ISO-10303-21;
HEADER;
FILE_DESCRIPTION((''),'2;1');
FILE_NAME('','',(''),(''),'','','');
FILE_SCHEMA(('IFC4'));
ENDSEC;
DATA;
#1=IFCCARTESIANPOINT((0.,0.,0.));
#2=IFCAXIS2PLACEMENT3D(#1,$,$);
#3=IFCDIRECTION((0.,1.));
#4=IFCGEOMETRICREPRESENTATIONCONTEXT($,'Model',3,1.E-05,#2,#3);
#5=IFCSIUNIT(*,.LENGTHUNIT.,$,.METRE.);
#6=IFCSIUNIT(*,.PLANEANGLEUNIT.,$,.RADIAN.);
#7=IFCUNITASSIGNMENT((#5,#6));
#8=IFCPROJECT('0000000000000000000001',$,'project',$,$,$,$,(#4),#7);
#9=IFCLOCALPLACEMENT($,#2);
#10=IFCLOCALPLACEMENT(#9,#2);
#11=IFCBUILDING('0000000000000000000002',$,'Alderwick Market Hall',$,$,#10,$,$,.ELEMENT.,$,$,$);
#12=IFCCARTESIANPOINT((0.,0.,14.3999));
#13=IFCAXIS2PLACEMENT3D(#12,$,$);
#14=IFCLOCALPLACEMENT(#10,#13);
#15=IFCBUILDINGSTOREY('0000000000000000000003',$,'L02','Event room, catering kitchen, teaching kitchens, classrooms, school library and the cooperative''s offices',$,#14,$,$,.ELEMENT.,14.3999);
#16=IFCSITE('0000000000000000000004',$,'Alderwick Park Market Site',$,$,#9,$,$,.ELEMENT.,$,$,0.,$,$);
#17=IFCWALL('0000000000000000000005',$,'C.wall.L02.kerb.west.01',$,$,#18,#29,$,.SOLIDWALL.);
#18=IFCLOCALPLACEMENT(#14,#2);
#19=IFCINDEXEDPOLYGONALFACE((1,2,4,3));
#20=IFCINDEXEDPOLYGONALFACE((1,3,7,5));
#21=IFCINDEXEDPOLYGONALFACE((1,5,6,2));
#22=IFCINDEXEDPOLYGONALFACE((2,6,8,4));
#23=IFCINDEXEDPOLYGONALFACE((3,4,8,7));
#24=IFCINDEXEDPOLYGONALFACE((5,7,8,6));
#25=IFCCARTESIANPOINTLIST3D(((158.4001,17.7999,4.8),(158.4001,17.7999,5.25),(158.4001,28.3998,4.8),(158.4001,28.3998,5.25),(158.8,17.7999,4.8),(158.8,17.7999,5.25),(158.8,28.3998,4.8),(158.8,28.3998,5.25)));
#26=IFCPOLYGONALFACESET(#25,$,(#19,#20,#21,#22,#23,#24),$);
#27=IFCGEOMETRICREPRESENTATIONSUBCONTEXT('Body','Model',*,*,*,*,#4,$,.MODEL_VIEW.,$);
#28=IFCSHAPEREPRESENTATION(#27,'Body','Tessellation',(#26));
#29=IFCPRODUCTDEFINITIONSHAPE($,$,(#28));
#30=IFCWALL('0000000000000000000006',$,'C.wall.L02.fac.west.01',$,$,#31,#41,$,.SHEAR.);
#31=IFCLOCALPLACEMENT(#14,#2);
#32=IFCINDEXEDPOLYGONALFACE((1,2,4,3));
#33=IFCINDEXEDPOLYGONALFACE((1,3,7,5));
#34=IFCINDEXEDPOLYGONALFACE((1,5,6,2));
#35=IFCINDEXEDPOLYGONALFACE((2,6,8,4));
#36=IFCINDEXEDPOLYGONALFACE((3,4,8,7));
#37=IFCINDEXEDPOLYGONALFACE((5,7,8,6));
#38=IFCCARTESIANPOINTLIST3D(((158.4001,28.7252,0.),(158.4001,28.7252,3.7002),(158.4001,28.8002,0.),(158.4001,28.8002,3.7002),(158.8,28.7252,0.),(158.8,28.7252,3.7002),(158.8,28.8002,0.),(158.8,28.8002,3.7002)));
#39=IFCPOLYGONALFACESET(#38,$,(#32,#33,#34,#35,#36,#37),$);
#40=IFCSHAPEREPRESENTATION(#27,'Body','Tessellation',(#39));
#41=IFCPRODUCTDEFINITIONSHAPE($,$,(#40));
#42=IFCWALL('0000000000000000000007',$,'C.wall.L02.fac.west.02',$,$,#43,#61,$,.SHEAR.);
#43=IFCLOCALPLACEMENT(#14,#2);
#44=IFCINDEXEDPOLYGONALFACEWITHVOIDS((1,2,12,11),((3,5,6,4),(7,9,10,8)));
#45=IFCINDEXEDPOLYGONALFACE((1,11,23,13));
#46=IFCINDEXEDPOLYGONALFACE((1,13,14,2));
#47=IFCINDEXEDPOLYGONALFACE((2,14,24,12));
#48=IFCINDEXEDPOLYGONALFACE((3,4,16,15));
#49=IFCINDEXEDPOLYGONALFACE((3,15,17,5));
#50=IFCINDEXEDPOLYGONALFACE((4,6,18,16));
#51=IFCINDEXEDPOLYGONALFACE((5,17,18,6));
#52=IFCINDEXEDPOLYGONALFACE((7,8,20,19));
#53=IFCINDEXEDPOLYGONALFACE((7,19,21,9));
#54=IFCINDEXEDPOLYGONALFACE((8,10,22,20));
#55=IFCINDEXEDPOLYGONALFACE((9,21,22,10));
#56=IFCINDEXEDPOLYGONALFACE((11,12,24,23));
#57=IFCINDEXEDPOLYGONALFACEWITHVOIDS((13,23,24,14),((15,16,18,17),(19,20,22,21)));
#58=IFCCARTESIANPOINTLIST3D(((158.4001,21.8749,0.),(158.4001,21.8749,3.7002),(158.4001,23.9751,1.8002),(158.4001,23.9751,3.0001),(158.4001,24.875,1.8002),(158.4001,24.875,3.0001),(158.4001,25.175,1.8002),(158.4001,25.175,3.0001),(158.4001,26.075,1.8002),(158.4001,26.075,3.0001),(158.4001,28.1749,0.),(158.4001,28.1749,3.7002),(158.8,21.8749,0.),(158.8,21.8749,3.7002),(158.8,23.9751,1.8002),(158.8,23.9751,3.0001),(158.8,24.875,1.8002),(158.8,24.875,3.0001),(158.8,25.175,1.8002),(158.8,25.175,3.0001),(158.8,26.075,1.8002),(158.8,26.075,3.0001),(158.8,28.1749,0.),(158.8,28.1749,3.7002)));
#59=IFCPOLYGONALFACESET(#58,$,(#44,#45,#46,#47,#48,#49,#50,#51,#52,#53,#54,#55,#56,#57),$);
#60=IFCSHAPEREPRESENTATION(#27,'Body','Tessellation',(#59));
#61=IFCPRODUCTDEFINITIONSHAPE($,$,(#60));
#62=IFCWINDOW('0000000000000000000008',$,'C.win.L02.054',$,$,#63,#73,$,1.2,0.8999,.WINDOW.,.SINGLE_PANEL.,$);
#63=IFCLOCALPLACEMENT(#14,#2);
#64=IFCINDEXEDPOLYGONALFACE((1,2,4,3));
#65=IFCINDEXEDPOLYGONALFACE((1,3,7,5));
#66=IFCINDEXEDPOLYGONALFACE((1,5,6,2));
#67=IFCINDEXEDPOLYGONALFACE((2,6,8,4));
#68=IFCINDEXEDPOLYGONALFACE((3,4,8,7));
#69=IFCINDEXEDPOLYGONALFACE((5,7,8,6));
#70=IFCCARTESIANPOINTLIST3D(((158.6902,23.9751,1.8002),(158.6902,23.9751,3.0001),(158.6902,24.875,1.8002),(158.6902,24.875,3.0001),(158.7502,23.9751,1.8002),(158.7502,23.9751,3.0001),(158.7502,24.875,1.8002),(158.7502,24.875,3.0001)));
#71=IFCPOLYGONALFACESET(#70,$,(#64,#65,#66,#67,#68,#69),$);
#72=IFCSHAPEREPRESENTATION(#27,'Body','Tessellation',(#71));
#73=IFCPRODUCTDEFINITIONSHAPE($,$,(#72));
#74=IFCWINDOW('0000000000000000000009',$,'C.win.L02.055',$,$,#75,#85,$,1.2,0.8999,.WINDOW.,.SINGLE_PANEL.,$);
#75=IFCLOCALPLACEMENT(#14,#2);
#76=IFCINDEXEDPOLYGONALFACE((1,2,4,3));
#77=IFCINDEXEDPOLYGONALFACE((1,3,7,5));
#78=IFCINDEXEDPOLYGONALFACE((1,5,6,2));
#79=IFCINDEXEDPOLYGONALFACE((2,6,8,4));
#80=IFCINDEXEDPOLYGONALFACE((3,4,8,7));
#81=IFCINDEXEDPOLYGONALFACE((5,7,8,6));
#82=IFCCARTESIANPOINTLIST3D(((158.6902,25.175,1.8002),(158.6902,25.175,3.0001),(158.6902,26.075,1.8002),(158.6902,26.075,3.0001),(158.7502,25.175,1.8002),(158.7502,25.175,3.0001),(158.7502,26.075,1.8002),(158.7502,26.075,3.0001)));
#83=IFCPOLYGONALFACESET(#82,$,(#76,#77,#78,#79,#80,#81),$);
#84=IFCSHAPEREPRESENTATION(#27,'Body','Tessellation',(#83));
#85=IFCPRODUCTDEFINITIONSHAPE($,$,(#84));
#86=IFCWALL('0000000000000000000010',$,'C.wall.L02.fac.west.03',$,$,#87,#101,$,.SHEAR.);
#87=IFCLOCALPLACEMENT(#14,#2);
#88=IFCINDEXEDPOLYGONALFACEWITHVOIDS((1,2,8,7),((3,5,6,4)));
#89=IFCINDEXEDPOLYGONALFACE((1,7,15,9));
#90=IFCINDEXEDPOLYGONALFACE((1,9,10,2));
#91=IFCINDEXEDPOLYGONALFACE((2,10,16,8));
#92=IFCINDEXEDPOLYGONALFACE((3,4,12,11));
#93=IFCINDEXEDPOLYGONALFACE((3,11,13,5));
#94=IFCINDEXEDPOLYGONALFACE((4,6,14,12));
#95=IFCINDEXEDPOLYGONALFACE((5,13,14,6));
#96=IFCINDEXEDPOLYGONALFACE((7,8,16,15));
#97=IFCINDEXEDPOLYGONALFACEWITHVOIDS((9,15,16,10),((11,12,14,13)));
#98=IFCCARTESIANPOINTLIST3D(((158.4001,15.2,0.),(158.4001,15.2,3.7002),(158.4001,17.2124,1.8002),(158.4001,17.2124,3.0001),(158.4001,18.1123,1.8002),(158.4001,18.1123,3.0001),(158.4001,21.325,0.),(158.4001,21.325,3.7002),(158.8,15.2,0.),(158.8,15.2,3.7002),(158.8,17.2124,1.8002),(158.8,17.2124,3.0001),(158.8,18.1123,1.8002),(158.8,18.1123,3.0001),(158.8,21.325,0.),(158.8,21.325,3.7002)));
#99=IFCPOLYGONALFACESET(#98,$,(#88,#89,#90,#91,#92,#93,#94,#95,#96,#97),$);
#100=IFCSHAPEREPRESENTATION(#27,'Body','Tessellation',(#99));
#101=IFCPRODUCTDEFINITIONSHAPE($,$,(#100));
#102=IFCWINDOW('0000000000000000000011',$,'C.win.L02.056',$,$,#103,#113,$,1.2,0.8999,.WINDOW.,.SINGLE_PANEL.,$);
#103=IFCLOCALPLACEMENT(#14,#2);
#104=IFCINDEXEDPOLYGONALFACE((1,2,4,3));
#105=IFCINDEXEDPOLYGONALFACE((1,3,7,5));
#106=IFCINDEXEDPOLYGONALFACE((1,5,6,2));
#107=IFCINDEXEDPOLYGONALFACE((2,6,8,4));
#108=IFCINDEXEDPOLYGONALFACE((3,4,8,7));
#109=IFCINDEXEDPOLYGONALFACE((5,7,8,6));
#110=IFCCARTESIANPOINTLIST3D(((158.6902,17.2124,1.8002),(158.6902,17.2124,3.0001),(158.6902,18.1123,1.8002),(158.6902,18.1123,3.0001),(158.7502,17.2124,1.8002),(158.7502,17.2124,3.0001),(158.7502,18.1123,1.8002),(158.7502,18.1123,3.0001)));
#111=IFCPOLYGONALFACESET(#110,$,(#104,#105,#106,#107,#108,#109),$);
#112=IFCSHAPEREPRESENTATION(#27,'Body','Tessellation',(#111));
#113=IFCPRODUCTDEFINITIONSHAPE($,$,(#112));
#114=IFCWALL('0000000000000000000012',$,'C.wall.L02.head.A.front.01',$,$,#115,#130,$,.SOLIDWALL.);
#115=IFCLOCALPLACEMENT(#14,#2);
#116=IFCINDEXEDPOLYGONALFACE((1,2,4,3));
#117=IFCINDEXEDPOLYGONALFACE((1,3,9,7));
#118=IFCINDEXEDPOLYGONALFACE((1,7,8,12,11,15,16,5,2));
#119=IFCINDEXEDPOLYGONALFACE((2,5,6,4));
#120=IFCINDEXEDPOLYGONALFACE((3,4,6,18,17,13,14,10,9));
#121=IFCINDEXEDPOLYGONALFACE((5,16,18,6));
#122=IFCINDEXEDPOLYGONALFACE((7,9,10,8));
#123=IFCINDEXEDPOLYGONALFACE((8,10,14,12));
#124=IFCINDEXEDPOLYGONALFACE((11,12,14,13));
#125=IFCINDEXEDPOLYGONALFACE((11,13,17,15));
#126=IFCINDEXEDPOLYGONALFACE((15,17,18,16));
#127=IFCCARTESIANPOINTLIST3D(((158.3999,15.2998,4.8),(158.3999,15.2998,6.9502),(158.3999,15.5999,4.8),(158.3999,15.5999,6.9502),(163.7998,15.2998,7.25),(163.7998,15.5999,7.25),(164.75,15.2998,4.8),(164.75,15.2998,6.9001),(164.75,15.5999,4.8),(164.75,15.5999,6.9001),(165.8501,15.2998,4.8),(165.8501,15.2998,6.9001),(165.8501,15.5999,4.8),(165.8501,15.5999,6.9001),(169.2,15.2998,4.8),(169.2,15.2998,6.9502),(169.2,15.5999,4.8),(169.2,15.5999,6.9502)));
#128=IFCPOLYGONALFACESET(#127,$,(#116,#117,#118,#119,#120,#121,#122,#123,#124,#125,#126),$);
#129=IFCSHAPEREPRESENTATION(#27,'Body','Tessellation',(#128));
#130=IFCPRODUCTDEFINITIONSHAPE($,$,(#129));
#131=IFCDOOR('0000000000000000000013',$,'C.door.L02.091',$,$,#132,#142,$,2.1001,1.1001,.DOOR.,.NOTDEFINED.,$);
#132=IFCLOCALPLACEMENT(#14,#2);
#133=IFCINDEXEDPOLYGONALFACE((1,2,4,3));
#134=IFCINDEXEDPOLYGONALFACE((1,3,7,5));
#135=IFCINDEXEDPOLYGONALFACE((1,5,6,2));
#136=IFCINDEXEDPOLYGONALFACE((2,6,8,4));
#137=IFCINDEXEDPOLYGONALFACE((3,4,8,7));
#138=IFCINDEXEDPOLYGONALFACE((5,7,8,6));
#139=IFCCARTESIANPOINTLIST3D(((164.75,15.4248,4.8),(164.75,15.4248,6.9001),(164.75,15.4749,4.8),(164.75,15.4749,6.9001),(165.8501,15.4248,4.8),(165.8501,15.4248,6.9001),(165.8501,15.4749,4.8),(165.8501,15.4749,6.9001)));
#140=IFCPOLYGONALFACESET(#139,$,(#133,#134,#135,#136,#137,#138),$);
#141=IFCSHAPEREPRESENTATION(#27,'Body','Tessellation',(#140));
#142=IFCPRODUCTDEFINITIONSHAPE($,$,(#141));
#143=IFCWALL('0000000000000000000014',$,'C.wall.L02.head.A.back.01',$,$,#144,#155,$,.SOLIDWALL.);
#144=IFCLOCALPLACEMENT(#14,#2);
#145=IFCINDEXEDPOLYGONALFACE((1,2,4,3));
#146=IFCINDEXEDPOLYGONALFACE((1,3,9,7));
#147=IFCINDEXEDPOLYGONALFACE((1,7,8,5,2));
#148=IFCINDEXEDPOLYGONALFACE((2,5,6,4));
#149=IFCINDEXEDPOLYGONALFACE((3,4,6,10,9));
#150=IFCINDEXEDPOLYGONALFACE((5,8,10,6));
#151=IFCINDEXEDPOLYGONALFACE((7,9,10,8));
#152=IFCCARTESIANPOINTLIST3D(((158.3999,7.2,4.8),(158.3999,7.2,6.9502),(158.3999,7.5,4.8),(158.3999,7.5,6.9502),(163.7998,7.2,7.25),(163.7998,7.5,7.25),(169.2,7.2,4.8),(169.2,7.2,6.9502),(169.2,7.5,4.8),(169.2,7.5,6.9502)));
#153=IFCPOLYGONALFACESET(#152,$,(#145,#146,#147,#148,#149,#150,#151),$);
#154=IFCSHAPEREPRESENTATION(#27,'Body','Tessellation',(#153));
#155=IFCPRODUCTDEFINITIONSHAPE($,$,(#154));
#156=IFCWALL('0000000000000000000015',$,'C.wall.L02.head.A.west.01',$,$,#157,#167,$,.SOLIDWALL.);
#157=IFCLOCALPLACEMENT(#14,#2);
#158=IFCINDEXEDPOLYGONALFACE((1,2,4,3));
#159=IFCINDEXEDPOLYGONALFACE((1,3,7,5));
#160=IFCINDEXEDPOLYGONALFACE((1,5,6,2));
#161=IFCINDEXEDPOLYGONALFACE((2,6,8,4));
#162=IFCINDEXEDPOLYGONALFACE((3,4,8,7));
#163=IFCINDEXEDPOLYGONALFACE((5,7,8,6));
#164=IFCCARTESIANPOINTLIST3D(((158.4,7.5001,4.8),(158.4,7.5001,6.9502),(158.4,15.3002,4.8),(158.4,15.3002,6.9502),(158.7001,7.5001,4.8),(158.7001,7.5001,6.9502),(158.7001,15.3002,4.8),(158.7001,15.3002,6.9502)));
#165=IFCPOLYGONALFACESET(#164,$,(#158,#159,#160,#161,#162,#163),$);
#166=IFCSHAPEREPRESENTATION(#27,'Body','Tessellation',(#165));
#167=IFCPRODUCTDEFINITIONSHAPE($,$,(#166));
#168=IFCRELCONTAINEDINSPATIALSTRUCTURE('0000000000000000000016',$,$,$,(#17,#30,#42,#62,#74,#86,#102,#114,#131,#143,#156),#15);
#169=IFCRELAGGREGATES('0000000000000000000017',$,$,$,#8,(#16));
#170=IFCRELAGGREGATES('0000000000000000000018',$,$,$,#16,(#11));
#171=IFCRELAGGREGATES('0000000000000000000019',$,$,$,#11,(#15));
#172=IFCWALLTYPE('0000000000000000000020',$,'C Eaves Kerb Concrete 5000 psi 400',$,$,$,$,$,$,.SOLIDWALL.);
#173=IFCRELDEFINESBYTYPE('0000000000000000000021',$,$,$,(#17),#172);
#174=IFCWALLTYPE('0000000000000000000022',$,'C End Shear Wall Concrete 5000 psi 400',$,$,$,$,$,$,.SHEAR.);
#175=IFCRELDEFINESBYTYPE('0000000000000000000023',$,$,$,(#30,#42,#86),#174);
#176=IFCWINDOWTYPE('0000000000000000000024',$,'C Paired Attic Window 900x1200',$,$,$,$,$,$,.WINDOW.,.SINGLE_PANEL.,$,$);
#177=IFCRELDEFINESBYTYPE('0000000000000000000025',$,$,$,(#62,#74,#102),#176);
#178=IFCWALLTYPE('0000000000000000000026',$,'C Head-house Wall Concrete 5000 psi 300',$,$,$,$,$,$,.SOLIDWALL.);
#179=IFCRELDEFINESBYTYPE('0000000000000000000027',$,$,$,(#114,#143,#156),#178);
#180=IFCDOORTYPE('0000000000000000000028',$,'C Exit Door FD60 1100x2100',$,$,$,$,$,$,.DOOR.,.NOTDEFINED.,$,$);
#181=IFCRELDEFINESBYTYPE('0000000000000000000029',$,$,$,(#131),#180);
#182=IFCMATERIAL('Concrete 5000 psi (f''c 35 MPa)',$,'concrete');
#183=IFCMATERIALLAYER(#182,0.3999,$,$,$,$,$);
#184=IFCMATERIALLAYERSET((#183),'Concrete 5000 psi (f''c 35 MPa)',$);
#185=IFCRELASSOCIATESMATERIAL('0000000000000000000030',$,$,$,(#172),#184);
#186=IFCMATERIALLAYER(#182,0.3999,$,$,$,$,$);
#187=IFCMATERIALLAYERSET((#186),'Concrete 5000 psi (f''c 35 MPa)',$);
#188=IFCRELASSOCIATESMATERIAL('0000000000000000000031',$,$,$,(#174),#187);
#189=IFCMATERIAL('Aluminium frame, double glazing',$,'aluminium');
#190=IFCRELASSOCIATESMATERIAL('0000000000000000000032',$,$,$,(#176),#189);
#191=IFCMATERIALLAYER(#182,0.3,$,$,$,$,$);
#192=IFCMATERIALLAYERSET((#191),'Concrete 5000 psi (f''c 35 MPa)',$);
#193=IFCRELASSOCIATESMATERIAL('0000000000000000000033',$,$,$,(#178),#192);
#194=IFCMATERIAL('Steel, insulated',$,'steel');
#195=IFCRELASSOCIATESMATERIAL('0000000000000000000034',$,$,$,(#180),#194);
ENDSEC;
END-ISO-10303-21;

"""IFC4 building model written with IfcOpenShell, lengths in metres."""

from ifc_helpers import new_model, si_unit, direction, frame, frame_2d, origin, place, context, subcontext, project, spatial, polyline, rectangle, outline, extrude, material, layer, layer_set, type_object, element, fill, save


model = new_model("IFC4")

# Units and contexts
model_context = context("Model", 3, precision=1e-05, world=origin(), true_north=direction((0.0, 1.0)))
body_context = subcontext(model_context, "Body", "Model", "MODEL_VIEW")
ifc_project = project(units=[si_unit("LENGTHUNIT", "METRE"), si_unit("PLANEANGLEUNIT", "RADIAN")], contexts=[model_context])

# Site, building, storey
site_placement = place(None, origin())
site = spatial("IfcSite", under=ifc_project, at=site_placement, Name="Alderwick Park Market Site", CompositionType="ELEMENT", RefElevation=0.0)
building_placement = place(site_placement, origin())
building = spatial("IfcBuilding", under=site, at=building_placement, Name="Alderwick Market Hall", CompositionType="ELEMENT")
storey_placement = place(building_placement, frame((0.0, 0.0, 14.3999)))
storey = spatial("IfcBuildingStorey", under=building, at=storey_placement, Name="L02", Description="Event room, catering kitchen, teaching kitchens, classrooms, school library and the cooperative's offices", CompositionType="ELEMENT", Elevation=14.3999)

# Shared definitions
ifc_material_1 = material(Name="Concrete 5000 psi (f'c 35 MPa)", Category="concrete")

# Shared definitions
ifc_material_2 = material(Name="Steel, insulated", Category="steel")

# Walls
ifc_layer_1 = layer(ifc_material_1, 0.3999)
ifc_layer_set_1 = layer_set([ifc_layer_1], Name="Concrete 5000 psi (f'c 35 MPa)")
wall_type_1 = type_object("IfcWallType", Name="C Eaves Kerb Concrete 5000 psi 400", PredefinedType="SOLIDWALL", material=ifc_layer_set_1)
wall_1_placement = place(storey_placement, frame((158.6001, 17.8, 4.8), z_axis=(0.0, 0.0, 1.0), x_axis=(0.0, 1.0, 0.0)))
element("IfcWall", 1, at=wall_1_placement, inside=storey, type_object=wall_type_1, Name="C.wall.L02.kerb.west.01", PredefinedType="SOLIDWALL", context=body_context, shape_type="SweptSolid", body=[
    extrude(rectangle(XDim=10.5999, YDim=0.3999, at=frame_2d((5.2998, 0.0))), origin(), (0.0, 0.0, 1.0), 0.45),
])
ifc_layer_2 = layer(ifc_material_1, 0.3999)
ifc_layer_set_2 = layer_set([ifc_layer_2], Name="Concrete 5000 psi (f'c 35 MPa)")
wall_type_2 = type_object("IfcWallType", Name="C End Shear Wall Concrete 5000 psi 400", PredefinedType="SHEAR", material=ifc_layer_set_2)
wall_2_placement = place(storey_placement, frame((158.6001, 28.7251, 0.0), z_axis=(0.0, 0.0, 1.0), x_axis=(0.0, 1.0, 0.0)))
element("IfcWall", 2, at=wall_2_placement, inside=storey, type_object=wall_type_2, Name="C.wall.L02.fac.west.01", PredefinedType="SHEAR", context=body_context, shape_type="SweptSolid", body=[
    extrude(rectangle(XDim=0.075, YDim=0.3999, at=frame_2d((0.0376, 0.0))), origin(), (0.0, 0.0, 1.0), 3.7002),
])

# Wall, openings, windows
wall_3_placement = place(storey_placement, frame((158.6001, 21.875, 0.0), z_axis=(0.0, 0.0, 1.0), x_axis=(0.0, 1.0, 0.0)))
wall_3 = element("IfcWall", 3, at=wall_3_placement, inside=storey, type_object=wall_type_2, Name="C.wall.L02.fac.west.02", PredefinedType="SHEAR", context=body_context, shape_type="SweptSolid", body=[
    extrude(rectangle(XDim=6.3, YDim=0.3999, at=frame_2d((3.1499, 0.0))), origin(), (0.0, 0.0, 1.0), 3.7002),
])
opening_1_placement = place(wall_3_placement, frame((2.1001, 0.0, 1.8)))
opening_1 = element("IfcOpeningElement", 4, at=opening_1_placement, cuts=wall_3, PredefinedType="OPENING", context=body_context, shape_type="SweptSolid", body=[
    extrude(rectangle(XDim=0.8999, YDim=1.2, at=frame_2d((0.45, 0.6001))), frame((0.0, 0.21, 0.0), z_axis=(0.0, -1.0, 0.0), x_axis=(1.0, 0.0, 0.0)), (0.0, 0.0, 1.0), 0.4199),
])
opening_2_placement = place(wall_3_placement, frame((3.3, 0.0, 1.8)))
opening_2 = element("IfcOpeningElement", 5, at=opening_2_placement, cuts=wall_3, PredefinedType="OPENING", context=body_context, shape_type="SweptSolid", body=[
    extrude(rectangle(XDim=0.8999, YDim=1.2, at=frame_2d((0.45, 0.6001))), frame((0.0, 0.21, 0.0), z_axis=(0.0, -1.0, 0.0), x_axis=(1.0, 0.0, 0.0)), (0.0, 0.0, 1.0), 0.4199),
])
ifc_material_3 = material(Name="Aluminium frame, double glazing", Category="aluminium")
window_type = type_object("IfcWindowType", Name="C Paired Attic Window 900x1200", PartitioningType="SINGLE_PANEL", PredefinedType="WINDOW", material=ifc_material_3)
window_1_placement = place(opening_1_placement, origin())
window_1 = element("IfcWindow", 6, at=window_1_placement, inside=storey, type_object=window_type, Name="C.win.L02.054", OverallHeight=1.2, OverallWidth=0.8999, PartitioningType="SINGLE_PANEL", PredefinedType="WINDOW", context=body_context, shape_type="SweptSolid", body=[
    extrude(rectangle(XDim=0.8999, YDim=1.2, at=frame_2d((0.45, 0.6001))), frame((0.0, -0.0901, 0.0), z_axis=(0.0, -1.0, 0.0), x_axis=(1.0, 0.0, 0.0)), (0.0, 0.0, 1.0), 0.0601),
])
fill(opening_1, window_1)
window_2_placement = place(opening_2_placement, origin())
window_2 = element("IfcWindow", 7, at=window_2_placement, inside=storey, type_object=window_type, Name="C.win.L02.055", OverallHeight=1.2, OverallWidth=0.8999, PartitioningType="SINGLE_PANEL", PredefinedType="WINDOW", context=body_context, shape_type="SweptSolid", body=[
    extrude(rectangle(XDim=0.8999, YDim=1.2, at=frame_2d((0.45, 0.6001))), frame((0.0, -0.0901, 0.0), z_axis=(0.0, -1.0, 0.0), x_axis=(1.0, 0.0, 0.0)), (0.0, 0.0, 1.0), 0.0601),
])
fill(opening_2, window_2)

# Wall, opening, window
wall_4_placement = place(storey_placement, frame((158.6001, 15.2, 0.0), z_axis=(0.0, 0.0, 1.0), x_axis=(0.0, 1.0, 0.0)))
wall_4 = element("IfcWall", 8, at=wall_4_placement, inside=storey, type_object=wall_type_2, Name="C.wall.L02.fac.west.03", PredefinedType="SHEAR", context=body_context, shape_type="SweptSolid", body=[
    extrude(rectangle(XDim=6.125, YDim=0.3999, at=frame_2d((3.0625, 0.0))), origin(), (0.0, 0.0, 1.0), 3.7002),
])
opening_3_placement = place(wall_4_placement, frame((2.0125, 0.0, 1.8)))
opening_3 = element("IfcOpeningElement", 9, at=opening_3_placement, cuts=wall_4, PredefinedType="OPENING", context=body_context, shape_type="SweptSolid", body=[
    extrude(rectangle(XDim=0.8999, YDim=1.2, at=frame_2d((0.45, 0.6001))), frame((0.0, 0.21, 0.0), z_axis=(0.0, -1.0, 0.0), x_axis=(1.0, 0.0, 0.0)), (0.0, 0.0, 1.0), 0.4199),
])
window_3_placement = place(opening_3_placement, origin())
window_3 = element("IfcWindow", 10, at=window_3_placement, inside=storey, type_object=window_type, Name="C.win.L02.056", OverallHeight=1.2, OverallWidth=0.8999, PartitioningType="SINGLE_PANEL", PredefinedType="WINDOW", context=body_context, shape_type="SweptSolid", body=[
    extrude(rectangle(XDim=0.8999, YDim=1.2, at=frame_2d((0.45, 0.6001))), frame((0.0, -0.0901, 0.0), z_axis=(0.0, -1.0, 0.0), x_axis=(1.0, 0.0, 0.0)), (0.0, 0.0, 1.0), 0.0601),
])
fill(opening_3, window_3)

# Wall, opening, door
ifc_layer_3 = layer(ifc_material_1, 0.3)
ifc_layer_set_3 = layer_set([ifc_layer_3], Name="Concrete 5000 psi (f'c 35 MPa)")
wall_type_3 = type_object("IfcWallType", Name="C Head-house Wall Concrete 5000 psi 300", PredefinedType="SOLIDWALL", material=ifc_layer_set_3)
wall_5_placement = place(storey_placement, frame((158.3999, 15.45, 4.8), z_axis=(0.0, 0.0, 1.0), x_axis=(1.0, 0.0, 0.0)))
wall_5 = element("IfcWall", 11, at=wall_5_placement, inside=storey, type_object=wall_type_3, Name="C.wall.L02.head.A.front.01", PredefinedType="SOLIDWALL", context=body_context, shape_type="SweptSolid", body=[
    extrude(outline(polyline([(0.0, 0.0), (10.8, 0.0), (10.8, 2.1501), (5.3999, 2.45), (0.0, 2.1501), (0.0, 0.0)])), frame((0.0, 0.1499, 0.0), z_axis=(0.0, -1.0, 0.0), x_axis=(1.0, 0.0, 0.0)), (0.0, 0.0, 1.0), 0.3),
])
opening_4_placement = place(wall_5_placement, frame((6.3501, 0.0, 0.0)))
opening_4 = element("IfcOpeningElement", 12, at=opening_4_placement, cuts=wall_5, PredefinedType="OPENING", context=body_context, shape_type="SweptSolid", body=[
    extrude(rectangle(XDim=1.1001, YDim=2.1001, at=frame_2d((0.55, 1.05))), frame((0.0, 0.1599, 0.0), z_axis=(0.0, -1.0, 0.0), x_axis=(1.0, 0.0, 0.0)), (0.0, 0.0, 1.0), 0.3201),
])
door_type_1 = type_object("IfcDoorType", Name="C Exit Door FD60 1100x2100", OperationType="NOTDEFINED", PredefinedType="DOOR", material=ifc_material_2)
door_1_placement = place(opening_4_placement, origin())
door_1 = element("IfcDoor", 13, at=door_1_placement, inside=storey, type_object=door_type_1, Name="C.door.L02.091", OperationType="NOTDEFINED", OverallHeight=2.1001, OverallWidth=1.1001, PredefinedType="DOOR", context=body_context, shape_type="SweptSolid", body=[
    extrude(rectangle(XDim=1.1001, YDim=2.1001, at=frame_2d((0.55, 1.05))), frame((0.0, 0.0249, 0.0), z_axis=(0.0, -1.0, 0.0), x_axis=(1.0, 0.0, 0.0)), (0.0, 0.0, 1.0), 0.05),
])
fill(opening_4, door_1)

# Walls
wall_6_placement = place(storey_placement, frame((158.3999, 7.3501, 4.8), z_axis=(0.0, 0.0, 1.0), x_axis=(1.0, 0.0, 0.0)))
element("IfcWall", 14, at=wall_6_placement, inside=storey, type_object=wall_type_3, Name="C.wall.L02.head.A.back.01", PredefinedType="SOLIDWALL", context=body_context, shape_type="SweptSolid", body=[
    extrude(outline(polyline([(0.0, 0.0), (10.8, 0.0), (10.8, 2.1501), (5.3999, 2.45), (0.0, 2.1501), (0.0, 0.0)])), frame((0.0, 0.1499, 0.0), z_axis=(0.0, -1.0, 0.0), x_axis=(1.0, 0.0, 0.0)), (0.0, 0.0, 1.0), 0.3),
])
wall_7_placement = place(storey_placement, frame((158.55, 15.3, 4.8), z_axis=(0.0, 0.0, 1.0), x_axis=(0.0, -1.0, 0.0)))
element("IfcWall", 15, at=wall_7_placement, inside=storey, type_object=wall_type_3, Name="C.wall.L02.head.A.west.01", PredefinedType="SOLIDWALL", context=body_context, shape_type="SweptSolid", body=[
    extrude(rectangle(XDim=7.8, YDim=0.3, at=frame_2d((3.8999, 0.0))), origin(), (0.0, 0.0, 1.0), 2.1501),
])

save(model, "model.ifc")
